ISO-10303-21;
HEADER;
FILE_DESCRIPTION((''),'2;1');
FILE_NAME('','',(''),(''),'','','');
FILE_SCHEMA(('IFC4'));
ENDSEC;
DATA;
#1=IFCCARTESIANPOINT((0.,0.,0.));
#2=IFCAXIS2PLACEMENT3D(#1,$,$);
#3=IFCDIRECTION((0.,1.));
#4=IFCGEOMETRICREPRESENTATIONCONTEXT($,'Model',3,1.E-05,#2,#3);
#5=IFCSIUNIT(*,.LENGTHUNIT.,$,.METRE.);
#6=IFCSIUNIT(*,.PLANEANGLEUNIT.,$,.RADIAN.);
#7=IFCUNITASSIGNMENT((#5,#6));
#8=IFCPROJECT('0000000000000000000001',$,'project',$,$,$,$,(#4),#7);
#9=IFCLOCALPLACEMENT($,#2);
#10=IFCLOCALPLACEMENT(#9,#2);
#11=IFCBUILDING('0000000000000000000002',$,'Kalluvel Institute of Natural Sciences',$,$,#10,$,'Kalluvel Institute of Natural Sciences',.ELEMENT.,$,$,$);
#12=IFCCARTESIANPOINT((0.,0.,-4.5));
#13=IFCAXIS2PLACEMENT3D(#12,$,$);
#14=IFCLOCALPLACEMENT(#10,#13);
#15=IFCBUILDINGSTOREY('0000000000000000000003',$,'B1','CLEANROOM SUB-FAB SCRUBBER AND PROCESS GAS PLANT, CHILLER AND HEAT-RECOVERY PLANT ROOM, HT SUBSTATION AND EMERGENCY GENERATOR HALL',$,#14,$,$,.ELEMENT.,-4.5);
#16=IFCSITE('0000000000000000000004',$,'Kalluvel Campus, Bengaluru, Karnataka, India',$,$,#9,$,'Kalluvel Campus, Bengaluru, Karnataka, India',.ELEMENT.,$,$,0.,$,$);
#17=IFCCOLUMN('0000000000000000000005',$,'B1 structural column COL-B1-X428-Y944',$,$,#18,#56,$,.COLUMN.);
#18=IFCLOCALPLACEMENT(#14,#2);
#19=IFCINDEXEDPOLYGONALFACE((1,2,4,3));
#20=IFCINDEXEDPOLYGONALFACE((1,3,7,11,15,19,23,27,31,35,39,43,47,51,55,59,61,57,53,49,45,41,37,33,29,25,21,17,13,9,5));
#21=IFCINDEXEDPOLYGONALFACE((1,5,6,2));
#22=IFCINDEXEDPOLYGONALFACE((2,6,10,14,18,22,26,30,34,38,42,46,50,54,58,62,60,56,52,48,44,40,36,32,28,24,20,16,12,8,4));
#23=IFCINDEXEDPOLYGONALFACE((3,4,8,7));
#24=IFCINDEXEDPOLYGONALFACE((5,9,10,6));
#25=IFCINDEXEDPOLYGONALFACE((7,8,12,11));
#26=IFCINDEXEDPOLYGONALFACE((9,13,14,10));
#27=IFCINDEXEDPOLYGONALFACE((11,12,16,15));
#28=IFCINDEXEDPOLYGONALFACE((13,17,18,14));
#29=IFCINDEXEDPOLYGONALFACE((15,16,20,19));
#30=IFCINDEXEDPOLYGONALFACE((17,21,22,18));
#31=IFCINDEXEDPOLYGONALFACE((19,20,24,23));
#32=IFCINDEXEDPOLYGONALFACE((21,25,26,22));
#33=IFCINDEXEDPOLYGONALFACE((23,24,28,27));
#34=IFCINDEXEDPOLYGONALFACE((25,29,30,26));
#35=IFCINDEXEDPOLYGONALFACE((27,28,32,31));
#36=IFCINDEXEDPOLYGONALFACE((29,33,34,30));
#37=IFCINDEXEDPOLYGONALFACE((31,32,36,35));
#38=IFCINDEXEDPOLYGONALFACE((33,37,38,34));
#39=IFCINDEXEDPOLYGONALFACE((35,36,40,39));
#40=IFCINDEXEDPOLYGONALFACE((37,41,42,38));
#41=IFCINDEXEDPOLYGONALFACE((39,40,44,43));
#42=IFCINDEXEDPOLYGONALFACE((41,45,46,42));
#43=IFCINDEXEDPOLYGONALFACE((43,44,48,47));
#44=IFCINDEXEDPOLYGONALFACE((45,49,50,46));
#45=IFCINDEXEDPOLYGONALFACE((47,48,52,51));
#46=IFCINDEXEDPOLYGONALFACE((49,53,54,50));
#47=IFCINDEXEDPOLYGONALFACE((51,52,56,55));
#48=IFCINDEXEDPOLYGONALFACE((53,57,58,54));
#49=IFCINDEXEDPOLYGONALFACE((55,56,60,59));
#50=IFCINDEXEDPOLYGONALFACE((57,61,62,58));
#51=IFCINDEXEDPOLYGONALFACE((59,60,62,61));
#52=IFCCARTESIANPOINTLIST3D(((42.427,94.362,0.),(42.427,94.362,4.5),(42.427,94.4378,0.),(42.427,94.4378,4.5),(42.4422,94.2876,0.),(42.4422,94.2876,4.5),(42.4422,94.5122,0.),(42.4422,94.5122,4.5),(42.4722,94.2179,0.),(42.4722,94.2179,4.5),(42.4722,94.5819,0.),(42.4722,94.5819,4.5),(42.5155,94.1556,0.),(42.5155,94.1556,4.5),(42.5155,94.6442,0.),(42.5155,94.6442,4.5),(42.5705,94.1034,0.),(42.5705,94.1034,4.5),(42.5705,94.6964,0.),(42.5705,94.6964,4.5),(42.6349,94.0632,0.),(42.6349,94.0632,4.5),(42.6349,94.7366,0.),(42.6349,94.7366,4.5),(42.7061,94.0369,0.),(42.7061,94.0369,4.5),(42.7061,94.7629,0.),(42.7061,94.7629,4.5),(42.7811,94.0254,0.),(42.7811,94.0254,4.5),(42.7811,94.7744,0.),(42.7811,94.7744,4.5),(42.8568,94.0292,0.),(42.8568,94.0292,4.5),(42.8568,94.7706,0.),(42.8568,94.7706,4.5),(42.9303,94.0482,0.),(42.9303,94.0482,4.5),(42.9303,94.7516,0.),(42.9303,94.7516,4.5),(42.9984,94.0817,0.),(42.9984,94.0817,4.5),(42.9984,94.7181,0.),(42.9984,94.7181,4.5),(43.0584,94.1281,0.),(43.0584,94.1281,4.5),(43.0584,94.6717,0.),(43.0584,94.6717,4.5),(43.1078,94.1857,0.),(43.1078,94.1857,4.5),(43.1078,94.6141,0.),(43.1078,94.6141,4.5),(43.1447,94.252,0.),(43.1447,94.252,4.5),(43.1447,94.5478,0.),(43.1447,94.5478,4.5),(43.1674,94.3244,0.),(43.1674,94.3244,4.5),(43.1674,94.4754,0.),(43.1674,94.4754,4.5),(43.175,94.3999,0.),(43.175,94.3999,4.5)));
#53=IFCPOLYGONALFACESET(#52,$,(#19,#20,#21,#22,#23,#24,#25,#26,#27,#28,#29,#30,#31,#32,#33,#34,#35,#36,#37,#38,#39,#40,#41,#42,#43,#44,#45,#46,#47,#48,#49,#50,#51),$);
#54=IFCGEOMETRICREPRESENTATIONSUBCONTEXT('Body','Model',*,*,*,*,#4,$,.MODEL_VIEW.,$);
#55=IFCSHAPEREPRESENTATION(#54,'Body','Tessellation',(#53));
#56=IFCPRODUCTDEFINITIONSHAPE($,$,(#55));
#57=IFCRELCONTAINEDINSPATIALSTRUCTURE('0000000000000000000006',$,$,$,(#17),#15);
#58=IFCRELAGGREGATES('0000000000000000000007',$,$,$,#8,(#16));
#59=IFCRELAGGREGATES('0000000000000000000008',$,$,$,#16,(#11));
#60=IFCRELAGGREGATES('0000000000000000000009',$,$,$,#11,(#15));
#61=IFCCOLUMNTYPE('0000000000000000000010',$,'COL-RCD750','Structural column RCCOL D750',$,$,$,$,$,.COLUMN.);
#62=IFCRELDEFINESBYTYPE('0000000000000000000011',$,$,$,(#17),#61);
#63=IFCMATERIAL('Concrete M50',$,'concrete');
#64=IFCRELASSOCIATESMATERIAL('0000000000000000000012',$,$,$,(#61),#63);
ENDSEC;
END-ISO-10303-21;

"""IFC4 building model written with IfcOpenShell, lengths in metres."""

from ifc_helpers import new_model, si_unit, direction, frame, origin, origin_2d, place, context, subcontext, project, spatial, circle, extrude, material, material_profile, profile_set, type_object, element, save


model = new_model("IFC4")

# Units and contexts
model_context = context("Model", 3, precision=1e-05, world=origin(), true_north=direction((0.0, 1.0)))
body_context = subcontext(model_context, "Body", "Model", "MODEL_VIEW")
ifc_project = project(units=[si_unit("LENGTHUNIT", "METRE"), si_unit("PLANEANGLEUNIT", "RADIAN")], contexts=[model_context])

# Site, building, storey
site_placement = place(None, origin())
site = spatial("IfcSite", under=ifc_project, at=site_placement, Name="Kalluvel Campus, Bengaluru, Karnataka, India", LongName="Kalluvel Campus, Bengaluru, Karnataka, India", CompositionType="ELEMENT", RefElevation=0.0)
building_placement = place(site_placement, origin())
building = spatial("IfcBuilding", under=site, at=building_placement, Name="Kalluvel Institute of Natural Sciences", LongName="Kalluvel Institute of Natural Sciences", CompositionType="ELEMENT")
storey_placement = place(building_placement, frame((0.0, 0.0, -4.5)))
storey = spatial("IfcBuildingStorey", under=building, at=storey_placement, Name="B1", Description="CLEANROOM SUB-FAB SCRUBBER AND PROCESS GAS PLANT, CHILLER AND HEAT-RECOVERY PLANT ROOM, HT SUBSTATION AND EMERGENCY GENERATOR HALL", CompositionType="ELEMENT", Elevation=-4.5)

# Column
ifc_material_1 = material(Name="Concrete M50", Category="concrete")
ifc_material_profile_1 = material_profile(ifc_material_1, circle(Radius=0.375, at=origin_2d()), Name="RCCOL D750")
ifc_profile_set_1 = profile_set([ifc_material_profile_1], Name="Concrete M50")
column_type_1 = type_object("IfcColumnType", Name="COL-RCD750", Description="Structural column RCCOL D750", PredefinedType="COLUMN", material=ifc_profile_set_1)
for number, where, z_axis, x_axis, name in (
    (1, (42.8, 94.3999, 0.0), (0.0, 0.0, 1.0), (1.0, 0.0, 0.0), "B1 structural column COL-B1-X428-Y944"),
):
    element("IfcColumn", number, at=place(storey_placement, frame(where, z_axis=z_axis, x_axis=x_axis)), inside=storey, type_object=column_type_1, Name=name, PredefinedType="COLUMN", context=body_context, shape_type="SweptSolid", body=[
        extrude(circle(Radius=0.375, at=origin_2d()), origin(), (0.0, 0.0, 1.0), 4.5),
    ])

save(model, "model.ifc")
